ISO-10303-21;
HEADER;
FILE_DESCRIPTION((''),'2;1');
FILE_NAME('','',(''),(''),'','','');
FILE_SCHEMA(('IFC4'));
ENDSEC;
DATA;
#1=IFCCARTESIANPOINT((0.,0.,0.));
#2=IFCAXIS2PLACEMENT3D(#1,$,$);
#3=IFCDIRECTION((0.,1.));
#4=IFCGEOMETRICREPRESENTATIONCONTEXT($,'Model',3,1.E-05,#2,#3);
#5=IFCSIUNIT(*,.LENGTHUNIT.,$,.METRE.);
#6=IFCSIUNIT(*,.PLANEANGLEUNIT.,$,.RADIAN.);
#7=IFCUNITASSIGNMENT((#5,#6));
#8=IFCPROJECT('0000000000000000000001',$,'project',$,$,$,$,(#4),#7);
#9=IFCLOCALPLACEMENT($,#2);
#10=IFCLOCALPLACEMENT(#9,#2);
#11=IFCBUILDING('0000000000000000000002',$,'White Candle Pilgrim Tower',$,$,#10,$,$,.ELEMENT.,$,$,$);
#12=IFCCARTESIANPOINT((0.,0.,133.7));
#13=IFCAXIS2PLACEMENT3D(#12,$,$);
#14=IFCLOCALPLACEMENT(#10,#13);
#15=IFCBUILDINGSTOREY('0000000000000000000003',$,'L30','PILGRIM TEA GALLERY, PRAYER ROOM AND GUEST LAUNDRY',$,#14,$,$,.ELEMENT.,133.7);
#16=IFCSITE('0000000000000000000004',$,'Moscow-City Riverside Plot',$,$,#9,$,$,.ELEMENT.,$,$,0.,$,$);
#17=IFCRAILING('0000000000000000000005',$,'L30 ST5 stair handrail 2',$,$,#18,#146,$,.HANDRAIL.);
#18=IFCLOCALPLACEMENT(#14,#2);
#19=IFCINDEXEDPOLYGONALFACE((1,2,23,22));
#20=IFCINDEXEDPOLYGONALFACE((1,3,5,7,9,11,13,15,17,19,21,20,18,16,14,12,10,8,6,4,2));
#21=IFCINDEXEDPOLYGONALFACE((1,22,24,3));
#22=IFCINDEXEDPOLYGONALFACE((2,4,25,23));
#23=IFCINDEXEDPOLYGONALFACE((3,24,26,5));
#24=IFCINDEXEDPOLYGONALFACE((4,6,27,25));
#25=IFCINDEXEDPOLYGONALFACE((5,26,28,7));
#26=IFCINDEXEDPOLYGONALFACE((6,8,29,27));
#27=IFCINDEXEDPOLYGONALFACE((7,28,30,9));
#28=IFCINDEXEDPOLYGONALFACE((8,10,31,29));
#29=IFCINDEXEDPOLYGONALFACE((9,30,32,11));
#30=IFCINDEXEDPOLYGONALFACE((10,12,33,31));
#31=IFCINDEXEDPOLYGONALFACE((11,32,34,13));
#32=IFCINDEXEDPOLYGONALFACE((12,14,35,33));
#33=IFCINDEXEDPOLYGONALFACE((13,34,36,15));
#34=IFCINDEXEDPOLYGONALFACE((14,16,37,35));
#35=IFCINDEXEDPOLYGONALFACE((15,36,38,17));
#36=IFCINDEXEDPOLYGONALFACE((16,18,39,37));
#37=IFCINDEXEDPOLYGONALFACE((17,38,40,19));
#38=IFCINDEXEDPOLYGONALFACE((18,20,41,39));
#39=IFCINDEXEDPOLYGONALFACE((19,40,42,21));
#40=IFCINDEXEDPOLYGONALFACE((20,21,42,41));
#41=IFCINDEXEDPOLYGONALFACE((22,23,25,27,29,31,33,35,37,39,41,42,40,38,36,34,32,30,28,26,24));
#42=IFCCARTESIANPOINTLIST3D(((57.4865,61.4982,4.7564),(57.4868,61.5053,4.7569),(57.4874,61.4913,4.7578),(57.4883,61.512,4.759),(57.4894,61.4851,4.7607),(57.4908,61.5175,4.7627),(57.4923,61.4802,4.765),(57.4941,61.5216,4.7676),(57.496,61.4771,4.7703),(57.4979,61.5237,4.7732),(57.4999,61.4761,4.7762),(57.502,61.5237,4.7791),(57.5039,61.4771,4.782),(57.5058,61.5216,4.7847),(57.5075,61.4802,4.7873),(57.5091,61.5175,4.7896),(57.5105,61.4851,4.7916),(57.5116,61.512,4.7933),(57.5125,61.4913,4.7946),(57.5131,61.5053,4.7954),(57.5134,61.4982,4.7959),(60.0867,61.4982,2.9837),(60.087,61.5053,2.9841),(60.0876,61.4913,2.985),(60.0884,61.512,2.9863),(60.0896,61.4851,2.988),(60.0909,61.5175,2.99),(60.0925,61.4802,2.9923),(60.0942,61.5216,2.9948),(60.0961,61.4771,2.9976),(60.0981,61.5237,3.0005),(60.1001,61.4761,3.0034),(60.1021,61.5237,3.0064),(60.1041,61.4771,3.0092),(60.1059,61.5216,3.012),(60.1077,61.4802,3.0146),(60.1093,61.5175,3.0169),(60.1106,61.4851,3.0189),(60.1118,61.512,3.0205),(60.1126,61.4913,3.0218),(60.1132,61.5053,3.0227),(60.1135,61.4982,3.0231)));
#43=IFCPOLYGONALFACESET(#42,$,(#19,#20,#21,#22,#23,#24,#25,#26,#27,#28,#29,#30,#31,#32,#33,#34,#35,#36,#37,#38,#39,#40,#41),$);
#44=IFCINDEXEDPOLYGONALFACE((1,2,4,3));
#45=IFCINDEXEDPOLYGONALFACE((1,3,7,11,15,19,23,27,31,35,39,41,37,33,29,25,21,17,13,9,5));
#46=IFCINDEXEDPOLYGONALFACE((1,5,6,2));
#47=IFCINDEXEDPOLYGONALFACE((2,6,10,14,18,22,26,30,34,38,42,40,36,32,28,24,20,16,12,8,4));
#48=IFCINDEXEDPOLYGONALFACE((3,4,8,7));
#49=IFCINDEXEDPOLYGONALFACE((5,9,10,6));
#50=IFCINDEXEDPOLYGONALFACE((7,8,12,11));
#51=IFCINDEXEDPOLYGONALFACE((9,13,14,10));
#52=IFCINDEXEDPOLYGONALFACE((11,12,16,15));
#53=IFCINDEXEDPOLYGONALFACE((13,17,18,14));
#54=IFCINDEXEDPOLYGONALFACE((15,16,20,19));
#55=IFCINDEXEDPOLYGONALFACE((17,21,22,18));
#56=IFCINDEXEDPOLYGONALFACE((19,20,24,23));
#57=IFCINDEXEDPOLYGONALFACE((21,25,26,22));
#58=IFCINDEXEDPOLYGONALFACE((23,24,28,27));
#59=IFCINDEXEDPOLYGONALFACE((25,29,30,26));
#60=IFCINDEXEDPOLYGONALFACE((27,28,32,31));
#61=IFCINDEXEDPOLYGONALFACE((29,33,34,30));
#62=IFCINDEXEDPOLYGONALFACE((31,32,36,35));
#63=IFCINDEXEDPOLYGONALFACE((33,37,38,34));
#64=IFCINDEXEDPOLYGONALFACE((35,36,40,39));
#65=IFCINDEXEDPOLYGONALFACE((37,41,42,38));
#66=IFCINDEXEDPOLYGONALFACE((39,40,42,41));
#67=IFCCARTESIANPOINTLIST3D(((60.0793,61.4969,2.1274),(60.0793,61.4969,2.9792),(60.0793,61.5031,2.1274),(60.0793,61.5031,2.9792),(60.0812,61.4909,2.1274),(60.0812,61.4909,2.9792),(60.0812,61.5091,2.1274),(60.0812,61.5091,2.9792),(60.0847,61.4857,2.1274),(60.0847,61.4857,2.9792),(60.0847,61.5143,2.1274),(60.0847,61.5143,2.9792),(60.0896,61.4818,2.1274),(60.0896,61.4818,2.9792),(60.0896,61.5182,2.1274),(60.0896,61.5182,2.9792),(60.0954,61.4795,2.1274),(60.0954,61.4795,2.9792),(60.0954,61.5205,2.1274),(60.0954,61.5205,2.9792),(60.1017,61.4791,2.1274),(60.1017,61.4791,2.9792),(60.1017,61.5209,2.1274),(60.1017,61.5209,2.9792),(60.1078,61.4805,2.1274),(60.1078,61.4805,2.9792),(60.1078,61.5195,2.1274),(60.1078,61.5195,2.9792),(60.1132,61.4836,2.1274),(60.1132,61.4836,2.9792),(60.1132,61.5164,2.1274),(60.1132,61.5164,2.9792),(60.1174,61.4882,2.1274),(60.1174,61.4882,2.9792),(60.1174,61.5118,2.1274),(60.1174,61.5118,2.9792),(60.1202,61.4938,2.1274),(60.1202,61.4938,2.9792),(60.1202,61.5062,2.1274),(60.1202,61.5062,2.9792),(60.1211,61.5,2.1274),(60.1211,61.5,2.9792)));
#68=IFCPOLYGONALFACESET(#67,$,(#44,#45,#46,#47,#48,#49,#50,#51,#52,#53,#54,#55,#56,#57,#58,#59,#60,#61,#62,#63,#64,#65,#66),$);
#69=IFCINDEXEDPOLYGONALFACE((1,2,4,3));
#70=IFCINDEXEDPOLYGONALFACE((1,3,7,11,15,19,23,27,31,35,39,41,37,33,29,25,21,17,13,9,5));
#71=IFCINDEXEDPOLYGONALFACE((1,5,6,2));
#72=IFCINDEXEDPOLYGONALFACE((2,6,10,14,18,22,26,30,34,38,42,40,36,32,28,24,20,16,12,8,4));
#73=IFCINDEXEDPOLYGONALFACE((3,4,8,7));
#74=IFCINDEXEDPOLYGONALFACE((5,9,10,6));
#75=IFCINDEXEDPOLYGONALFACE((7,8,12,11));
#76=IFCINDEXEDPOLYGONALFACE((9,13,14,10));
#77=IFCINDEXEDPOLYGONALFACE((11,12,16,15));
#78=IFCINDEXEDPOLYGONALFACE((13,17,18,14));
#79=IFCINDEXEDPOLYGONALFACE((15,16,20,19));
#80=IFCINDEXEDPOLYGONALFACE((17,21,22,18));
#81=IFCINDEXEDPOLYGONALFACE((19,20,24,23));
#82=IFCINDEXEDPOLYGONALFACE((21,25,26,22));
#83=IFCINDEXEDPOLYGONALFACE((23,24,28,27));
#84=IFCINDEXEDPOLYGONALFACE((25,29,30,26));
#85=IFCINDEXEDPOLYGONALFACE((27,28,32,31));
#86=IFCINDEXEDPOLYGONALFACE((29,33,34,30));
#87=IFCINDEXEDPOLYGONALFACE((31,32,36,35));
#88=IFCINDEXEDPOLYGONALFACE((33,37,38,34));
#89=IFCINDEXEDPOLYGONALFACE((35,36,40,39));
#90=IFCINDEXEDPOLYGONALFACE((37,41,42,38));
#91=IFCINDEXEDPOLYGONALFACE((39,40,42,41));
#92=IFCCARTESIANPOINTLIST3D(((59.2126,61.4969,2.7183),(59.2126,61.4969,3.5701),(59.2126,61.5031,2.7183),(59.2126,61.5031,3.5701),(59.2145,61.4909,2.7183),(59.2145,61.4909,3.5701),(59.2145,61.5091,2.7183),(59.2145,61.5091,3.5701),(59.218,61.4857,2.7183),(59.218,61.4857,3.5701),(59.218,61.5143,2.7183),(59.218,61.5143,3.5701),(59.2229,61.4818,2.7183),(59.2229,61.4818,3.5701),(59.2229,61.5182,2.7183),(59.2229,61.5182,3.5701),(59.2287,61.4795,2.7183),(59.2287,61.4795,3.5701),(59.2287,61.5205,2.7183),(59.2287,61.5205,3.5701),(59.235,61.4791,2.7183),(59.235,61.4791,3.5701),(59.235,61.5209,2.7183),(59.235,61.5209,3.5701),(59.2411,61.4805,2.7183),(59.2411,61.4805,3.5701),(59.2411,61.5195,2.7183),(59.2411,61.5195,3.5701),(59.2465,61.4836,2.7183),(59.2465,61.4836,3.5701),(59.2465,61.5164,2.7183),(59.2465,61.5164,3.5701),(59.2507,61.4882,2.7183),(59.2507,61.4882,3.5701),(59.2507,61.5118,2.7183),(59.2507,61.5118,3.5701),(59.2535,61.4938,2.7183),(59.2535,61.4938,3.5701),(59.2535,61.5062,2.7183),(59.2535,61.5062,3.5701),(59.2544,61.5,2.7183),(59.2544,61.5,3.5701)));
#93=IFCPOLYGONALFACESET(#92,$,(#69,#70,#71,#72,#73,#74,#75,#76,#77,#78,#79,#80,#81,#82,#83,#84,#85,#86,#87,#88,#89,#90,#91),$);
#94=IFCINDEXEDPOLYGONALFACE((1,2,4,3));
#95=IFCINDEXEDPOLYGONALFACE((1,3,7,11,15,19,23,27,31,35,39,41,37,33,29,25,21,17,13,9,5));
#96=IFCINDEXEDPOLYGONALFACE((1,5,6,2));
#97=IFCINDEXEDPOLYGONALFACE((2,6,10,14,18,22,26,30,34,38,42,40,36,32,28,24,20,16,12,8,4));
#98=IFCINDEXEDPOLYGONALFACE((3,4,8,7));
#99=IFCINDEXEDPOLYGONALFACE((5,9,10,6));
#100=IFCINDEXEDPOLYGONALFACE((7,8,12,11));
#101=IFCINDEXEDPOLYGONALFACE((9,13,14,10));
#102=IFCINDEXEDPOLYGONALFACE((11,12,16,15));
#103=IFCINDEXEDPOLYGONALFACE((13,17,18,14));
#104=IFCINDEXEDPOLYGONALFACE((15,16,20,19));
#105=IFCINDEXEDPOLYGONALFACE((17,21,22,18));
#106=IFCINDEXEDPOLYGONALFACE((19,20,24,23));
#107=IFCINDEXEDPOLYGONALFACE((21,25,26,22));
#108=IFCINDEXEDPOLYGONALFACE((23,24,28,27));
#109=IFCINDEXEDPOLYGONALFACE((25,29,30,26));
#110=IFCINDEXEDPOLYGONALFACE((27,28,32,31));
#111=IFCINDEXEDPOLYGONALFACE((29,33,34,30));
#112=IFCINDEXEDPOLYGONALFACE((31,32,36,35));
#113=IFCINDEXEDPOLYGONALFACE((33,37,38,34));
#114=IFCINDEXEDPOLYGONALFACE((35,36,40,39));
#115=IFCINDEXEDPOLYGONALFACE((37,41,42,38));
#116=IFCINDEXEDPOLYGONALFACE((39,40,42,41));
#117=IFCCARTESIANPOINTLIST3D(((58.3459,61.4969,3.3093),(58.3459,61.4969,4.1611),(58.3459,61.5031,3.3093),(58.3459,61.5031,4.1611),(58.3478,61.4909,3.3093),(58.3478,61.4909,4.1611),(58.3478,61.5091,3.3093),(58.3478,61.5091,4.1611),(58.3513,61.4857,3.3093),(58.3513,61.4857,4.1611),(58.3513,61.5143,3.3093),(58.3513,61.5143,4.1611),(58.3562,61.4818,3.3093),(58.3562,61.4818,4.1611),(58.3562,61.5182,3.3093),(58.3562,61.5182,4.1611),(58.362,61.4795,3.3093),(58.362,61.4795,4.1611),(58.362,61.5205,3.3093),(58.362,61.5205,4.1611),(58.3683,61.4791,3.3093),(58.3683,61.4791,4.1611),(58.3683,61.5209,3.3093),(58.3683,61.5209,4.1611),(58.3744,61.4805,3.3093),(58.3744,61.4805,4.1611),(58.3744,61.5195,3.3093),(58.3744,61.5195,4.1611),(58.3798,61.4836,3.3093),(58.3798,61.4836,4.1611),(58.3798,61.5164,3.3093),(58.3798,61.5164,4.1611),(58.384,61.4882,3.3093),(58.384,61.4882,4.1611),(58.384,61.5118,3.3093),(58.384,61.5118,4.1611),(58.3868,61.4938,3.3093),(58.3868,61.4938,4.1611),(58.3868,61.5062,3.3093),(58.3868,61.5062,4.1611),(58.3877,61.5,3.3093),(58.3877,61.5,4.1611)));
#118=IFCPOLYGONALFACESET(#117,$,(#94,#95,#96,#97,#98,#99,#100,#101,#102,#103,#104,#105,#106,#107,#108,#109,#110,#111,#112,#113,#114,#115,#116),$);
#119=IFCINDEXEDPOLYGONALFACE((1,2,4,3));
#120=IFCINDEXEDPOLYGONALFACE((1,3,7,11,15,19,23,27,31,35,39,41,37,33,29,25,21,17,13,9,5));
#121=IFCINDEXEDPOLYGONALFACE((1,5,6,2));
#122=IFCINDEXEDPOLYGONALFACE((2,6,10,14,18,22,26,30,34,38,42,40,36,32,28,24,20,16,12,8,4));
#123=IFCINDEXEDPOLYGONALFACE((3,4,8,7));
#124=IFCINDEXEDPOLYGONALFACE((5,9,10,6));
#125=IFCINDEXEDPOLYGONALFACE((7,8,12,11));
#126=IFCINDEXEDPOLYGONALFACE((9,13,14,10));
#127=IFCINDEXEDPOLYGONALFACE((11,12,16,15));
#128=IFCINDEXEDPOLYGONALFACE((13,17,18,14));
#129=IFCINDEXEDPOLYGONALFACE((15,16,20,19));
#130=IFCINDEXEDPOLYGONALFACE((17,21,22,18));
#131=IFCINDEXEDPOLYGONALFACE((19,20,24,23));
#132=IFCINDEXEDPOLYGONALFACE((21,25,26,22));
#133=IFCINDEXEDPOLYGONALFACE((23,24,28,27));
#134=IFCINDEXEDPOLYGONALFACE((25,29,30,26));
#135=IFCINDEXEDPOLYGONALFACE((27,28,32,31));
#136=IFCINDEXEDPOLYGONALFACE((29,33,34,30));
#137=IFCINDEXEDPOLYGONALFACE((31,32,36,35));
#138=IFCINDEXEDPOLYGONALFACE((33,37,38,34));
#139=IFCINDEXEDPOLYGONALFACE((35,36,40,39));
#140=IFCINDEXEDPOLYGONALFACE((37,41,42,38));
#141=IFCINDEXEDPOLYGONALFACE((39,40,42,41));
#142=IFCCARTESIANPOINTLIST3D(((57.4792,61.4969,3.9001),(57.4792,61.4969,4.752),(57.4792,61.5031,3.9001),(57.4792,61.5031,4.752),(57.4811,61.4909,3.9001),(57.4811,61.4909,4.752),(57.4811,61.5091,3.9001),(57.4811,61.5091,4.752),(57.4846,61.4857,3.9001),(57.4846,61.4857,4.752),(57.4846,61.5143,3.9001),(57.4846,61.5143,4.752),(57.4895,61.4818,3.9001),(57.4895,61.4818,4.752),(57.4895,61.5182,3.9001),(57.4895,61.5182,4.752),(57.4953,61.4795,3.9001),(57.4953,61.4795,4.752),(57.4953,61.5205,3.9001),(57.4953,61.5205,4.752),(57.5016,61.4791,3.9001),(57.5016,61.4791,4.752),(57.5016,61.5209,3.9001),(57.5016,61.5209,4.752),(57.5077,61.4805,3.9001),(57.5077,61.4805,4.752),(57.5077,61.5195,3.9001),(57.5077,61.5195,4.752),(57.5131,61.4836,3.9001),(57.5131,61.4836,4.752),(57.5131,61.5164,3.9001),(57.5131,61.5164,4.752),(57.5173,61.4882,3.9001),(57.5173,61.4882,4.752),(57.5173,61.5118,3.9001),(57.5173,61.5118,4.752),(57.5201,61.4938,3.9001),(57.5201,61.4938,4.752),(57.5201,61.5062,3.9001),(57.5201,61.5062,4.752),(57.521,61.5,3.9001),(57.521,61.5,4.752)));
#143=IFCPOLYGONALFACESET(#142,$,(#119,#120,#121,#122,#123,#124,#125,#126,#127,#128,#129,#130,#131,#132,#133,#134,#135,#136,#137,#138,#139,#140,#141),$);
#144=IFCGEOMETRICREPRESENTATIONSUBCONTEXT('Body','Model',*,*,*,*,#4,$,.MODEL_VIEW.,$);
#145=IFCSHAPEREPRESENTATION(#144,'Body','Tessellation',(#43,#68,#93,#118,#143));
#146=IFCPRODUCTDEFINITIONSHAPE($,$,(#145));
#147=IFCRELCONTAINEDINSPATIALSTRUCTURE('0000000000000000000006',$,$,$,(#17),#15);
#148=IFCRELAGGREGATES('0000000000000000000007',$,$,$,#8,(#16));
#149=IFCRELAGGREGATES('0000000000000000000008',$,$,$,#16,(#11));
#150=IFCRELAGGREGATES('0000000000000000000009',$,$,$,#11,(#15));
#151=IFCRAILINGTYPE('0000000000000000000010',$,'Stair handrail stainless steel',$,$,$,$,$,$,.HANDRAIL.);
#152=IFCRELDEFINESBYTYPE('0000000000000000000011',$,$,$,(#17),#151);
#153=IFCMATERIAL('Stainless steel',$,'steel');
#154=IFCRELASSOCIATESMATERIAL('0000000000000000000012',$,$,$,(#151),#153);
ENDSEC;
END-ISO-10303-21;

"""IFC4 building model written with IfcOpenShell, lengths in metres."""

from ifc_helpers import new_model, si_unit, direction, frame, origin, origin_2d, place, context, subcontext, project, spatial, circle, extrude, material, type_object, element, save


model = new_model("IFC4")

# Units and contexts
model_context = context("Model", 3, precision=1e-05, world=origin(), true_north=direction((0.0, 1.0)))
body_context = subcontext(model_context, "Body", "Model", "MODEL_VIEW")
ifc_project = project(units=[si_unit("LENGTHUNIT", "METRE"), si_unit("PLANEANGLEUNIT", "RADIAN")], contexts=[model_context])

# Site, building, storey
site_placement = place(None, origin())
site = spatial("IfcSite", under=ifc_project, at=site_placement, Name="Moscow-City Riverside Plot", CompositionType="ELEMENT", RefElevation=0.0)
building_placement = place(site_placement, origin())
building = spatial("IfcBuilding", under=site, at=building_placement, Name="White Candle Pilgrim Tower", CompositionType="ELEMENT")
storey_placement = place(building_placement, frame((0.0, 0.0, 133.7)))
storey = spatial("IfcBuildingStorey", under=building, at=storey_placement, Name="L30", Description="PILGRIM TEA GALLERY, PRAYER ROOM AND GUEST LAUNDRY", CompositionType="ELEMENT", Elevation=133.7)

# Railing
ifc_material_1 = material(Name="Stainless steel", Category="steel")
railing_type_1 = type_object("IfcRailingType", Name="Stair handrail stainless steel", PredefinedType="HANDRAIL", material=ifc_material_1)
railing_1_placement = place(storey_placement, frame((60.1001, 61.5, 2.1274)))
element("IfcRailing", 1, at=railing_1_placement, inside=storey, type_object=railing_type_1, Name="L30 ST5 stair handrail 2", PredefinedType="HANDRAIL", context=body_context, shape_type="SweptSolid", body=[
    extrude(circle(Radius=0.0239, at=origin_2d()), frame((0.0, 0.0, 0.876), z_axis=(-0.82624, 0.0, 0.563318), x_axis=(0.0, -1.0, 0.0)), (0.0, 0.0, 1.0), 3.147),
    extrude(circle(Radius=0.021, at=origin_2d()), origin(), (0.0, 0.0, 1.0), 0.8518),
    extrude(circle(Radius=0.021, at=origin_2d()), frame((-0.8667, 0.0, 0.5908)), (0.0, 0.0, 1.0), 0.8518),
    extrude(circle(Radius=0.021, at=origin_2d()), frame((-1.7334, 0.0, 1.1819)), (0.0, 0.0, 1.0), 0.8518),
    extrude(circle(Radius=0.021, at=origin_2d()), frame((-2.6001, 0.0, 1.7727)), (0.0, 0.0, 1.0), 0.8518),
])

save(model, "model.ifc")
